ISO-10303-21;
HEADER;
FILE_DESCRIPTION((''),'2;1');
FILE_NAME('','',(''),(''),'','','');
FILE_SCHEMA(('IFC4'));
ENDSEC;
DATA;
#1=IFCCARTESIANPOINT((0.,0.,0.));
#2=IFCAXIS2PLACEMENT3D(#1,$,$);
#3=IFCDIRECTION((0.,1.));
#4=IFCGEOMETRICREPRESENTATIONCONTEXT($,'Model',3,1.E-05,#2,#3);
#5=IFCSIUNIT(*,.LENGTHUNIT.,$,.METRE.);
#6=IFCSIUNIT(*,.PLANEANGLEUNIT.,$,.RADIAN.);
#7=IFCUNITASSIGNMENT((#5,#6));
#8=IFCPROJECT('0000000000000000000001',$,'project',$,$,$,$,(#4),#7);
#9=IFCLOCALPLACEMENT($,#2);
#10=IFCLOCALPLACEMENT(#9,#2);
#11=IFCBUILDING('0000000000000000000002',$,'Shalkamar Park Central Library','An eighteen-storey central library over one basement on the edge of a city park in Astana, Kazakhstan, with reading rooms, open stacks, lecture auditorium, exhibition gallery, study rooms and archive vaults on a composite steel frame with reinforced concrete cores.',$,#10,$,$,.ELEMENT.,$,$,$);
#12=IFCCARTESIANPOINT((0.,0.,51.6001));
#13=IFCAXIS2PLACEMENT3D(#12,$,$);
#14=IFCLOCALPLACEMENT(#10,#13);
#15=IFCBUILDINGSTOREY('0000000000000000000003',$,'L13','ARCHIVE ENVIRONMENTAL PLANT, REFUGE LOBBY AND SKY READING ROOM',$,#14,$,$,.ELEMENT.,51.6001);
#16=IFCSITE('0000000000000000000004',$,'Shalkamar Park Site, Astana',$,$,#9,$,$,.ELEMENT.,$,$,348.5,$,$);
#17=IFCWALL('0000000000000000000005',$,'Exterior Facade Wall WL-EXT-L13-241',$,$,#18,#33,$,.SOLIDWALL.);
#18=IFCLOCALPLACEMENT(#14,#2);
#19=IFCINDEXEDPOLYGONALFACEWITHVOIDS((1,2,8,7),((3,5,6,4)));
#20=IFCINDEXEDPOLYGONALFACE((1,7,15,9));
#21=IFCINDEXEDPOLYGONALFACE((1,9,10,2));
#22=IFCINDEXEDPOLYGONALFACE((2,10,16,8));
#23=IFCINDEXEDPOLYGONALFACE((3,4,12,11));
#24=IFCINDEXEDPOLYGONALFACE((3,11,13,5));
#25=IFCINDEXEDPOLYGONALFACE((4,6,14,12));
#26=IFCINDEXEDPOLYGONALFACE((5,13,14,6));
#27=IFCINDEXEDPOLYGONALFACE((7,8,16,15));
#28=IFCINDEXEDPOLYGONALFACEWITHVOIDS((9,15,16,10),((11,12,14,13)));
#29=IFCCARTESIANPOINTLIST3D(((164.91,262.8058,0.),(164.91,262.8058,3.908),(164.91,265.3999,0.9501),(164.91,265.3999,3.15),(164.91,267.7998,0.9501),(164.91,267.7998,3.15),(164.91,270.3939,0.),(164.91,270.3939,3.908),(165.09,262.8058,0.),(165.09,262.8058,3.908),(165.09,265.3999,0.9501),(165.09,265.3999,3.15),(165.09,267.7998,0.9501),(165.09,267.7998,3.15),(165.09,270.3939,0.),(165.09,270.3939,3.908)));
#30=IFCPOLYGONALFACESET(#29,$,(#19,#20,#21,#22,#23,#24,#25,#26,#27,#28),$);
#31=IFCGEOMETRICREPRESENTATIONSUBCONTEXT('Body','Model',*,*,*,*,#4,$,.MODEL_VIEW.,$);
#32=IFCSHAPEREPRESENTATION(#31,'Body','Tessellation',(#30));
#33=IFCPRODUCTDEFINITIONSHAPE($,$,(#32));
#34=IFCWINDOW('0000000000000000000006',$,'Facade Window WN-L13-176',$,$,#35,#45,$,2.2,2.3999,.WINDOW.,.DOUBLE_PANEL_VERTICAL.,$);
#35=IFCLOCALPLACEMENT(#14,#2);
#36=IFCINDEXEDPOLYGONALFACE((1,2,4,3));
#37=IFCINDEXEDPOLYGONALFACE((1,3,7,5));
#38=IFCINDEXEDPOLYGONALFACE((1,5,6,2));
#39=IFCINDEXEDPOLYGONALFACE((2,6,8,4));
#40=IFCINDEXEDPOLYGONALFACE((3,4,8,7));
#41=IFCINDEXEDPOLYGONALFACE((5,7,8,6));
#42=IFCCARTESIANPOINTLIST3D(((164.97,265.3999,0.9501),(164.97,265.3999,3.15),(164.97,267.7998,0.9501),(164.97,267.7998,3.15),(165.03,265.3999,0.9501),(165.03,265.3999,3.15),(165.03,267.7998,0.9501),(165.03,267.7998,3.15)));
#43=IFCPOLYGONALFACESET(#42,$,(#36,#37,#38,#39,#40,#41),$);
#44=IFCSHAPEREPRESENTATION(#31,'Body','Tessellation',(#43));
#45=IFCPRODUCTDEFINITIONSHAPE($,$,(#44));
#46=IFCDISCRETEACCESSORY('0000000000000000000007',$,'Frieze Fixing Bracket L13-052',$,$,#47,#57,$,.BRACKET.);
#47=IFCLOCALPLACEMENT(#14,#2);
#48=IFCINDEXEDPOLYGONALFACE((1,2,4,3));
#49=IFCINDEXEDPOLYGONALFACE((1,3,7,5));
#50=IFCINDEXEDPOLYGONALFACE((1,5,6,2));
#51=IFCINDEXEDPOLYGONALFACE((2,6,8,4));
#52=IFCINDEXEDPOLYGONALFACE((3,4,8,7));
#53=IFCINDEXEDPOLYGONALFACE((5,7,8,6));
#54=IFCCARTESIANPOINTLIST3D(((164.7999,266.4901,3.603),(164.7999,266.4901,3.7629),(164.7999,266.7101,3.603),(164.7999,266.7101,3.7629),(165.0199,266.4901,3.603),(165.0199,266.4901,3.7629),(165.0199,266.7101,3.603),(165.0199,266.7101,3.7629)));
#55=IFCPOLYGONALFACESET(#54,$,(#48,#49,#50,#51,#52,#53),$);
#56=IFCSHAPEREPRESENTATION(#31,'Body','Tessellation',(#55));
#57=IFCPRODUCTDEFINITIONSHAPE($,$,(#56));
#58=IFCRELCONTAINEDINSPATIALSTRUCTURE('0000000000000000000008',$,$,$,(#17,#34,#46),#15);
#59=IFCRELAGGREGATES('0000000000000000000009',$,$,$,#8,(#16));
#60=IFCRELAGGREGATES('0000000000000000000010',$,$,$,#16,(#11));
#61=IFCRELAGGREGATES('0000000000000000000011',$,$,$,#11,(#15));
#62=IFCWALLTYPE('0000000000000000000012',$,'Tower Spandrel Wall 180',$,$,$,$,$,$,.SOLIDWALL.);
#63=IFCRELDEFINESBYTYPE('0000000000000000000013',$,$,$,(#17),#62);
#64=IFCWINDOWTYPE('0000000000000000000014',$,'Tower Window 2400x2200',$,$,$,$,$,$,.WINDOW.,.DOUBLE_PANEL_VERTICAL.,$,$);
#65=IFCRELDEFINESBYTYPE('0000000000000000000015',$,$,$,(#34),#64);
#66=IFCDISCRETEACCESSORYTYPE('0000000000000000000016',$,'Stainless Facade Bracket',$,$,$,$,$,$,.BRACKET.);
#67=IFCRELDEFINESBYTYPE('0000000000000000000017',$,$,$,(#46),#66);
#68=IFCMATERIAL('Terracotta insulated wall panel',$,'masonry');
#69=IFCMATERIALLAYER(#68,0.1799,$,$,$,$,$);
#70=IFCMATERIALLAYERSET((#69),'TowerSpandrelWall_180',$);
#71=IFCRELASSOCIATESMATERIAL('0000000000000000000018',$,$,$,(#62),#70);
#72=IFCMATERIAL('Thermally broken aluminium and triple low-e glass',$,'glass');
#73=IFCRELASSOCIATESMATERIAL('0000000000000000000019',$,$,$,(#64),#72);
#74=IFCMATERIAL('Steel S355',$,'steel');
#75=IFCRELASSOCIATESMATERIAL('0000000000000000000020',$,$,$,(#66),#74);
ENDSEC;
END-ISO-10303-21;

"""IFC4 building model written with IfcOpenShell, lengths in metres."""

from ifc_helpers import new_model, si_unit, direction, frame, frame_2d, origin, origin_2d, place, context, subcontext, project, spatial, rectangle, extrude, material, layer, layer_set, type_object, element, fill, save


model = new_model("IFC4")

# Units and contexts
model_context = context("Model", 3, precision=1e-05, world=origin(), true_north=direction((0.0, 1.0)))
body_context = subcontext(model_context, "Body", "Model", "MODEL_VIEW")
ifc_project = project(units=[si_unit("LENGTHUNIT", "METRE"), si_unit("PLANEANGLEUNIT", "RADIAN")], contexts=[model_context])

# Site, building, storey
site_placement = place(None, origin())
site = spatial("IfcSite", under=ifc_project, at=site_placement, Name="Shalkamar Park Site, Astana", CompositionType="ELEMENT", RefElevation=348.5)
building_placement = place(site_placement, origin())
building = spatial("IfcBuilding", under=site, at=building_placement, Name="Shalkamar Park Central Library", Description="An eighteen-storey central library over one basement on the edge of a city park in Astana, Kazakhstan, with reading rooms, open stacks, lecture auditorium, exhibition gallery, study rooms and archive vaults on a composite steel frame with reinforced concrete cores.", CompositionType="ELEMENT")
storey_placement = place(building_placement, frame((0.0, 0.0, 51.6001)))
storey = spatial("IfcBuildingStorey", under=building, at=storey_placement, Name="L13", Description="ARCHIVE ENVIRONMENTAL PLANT, REFUGE LOBBY AND SKY READING ROOM", CompositionType="ELEMENT", Elevation=51.6001)

# Shared definitions
ifc_material_1 = material(Name="Steel S355", Category="steel")

# Shared definitions
ifc_material_2 = material(Name="Terracotta insulated wall panel", Category="masonry")
ifc_layer_1 = layer(ifc_material_2, 0.1799)
ifc_layer_set_1 = layer_set([ifc_layer_1], Name="TowerSpandrelWall_180")
wall_type_1 = type_object("IfcWallType", Name="Tower Spandrel Wall 180", PredefinedType="SOLIDWALL", material=ifc_layer_set_1)

# Wall, opening, window
wall_1_placement = place(storey_placement, frame((165.0, 262.8059, 0.0), z_axis=(0.0, 0.0, 1.0), x_axis=(0.0, 1.0, 0.0)))
wall_1 = element("IfcWall", 1, at=wall_1_placement, inside=storey, type_object=wall_type_1, Name="Exterior Facade Wall WL-EXT-L13-241", PredefinedType="SOLIDWALL", context=body_context, shape_type="SweptSolid", body=[
    extrude(rectangle(XDim=7.5881, YDim=0.1799, at=frame_2d((3.7939, 0.0))), origin(), (0.0, 0.0, 1.0), 3.908),
])
opening_1_placement = place(wall_1_placement, frame((2.594, 0.0, 0.95)))
opening_1 = element("IfcOpeningElement", 2, at=opening_1_placement, cuts=wall_1, PredefinedType="OPENING", context=body_context, shape_type="SweptSolid", body=[
    extrude(rectangle(XDim=2.3999, YDim=2.2, at=frame_2d((1.2, 1.1001))), frame((0.0, 0.105, 0.0), z_axis=(0.0, -1.0, 0.0), x_axis=(1.0, 0.0, 0.0)), (0.0, 0.0, 1.0), 0.2097),
])
ifc_material_3 = material(Name="Thermally broken aluminium and triple low-e glass", Category="glass")
window_type = type_object("IfcWindowType", Name="Tower Window 2400x2200", PartitioningType="DOUBLE_PANEL_VERTICAL", PredefinedType="WINDOW", material=ifc_material_3)
window_placement = place(opening_1_placement, origin())
window = element("IfcWindow", 3, at=window_placement, inside=storey, type_object=window_type, Name="Facade Window WN-L13-176", OverallHeight=2.2, OverallWidth=2.3999, PartitioningType="DOUBLE_PANEL_VERTICAL", PredefinedType="WINDOW", context=body_context, shape_type="SweptSolid", body=[
    extrude(rectangle(XDim=2.3999, YDim=2.2, at=frame_2d((1.2, 1.1001))), frame((0.0, 0.03, 0.0), z_axis=(0.0, -1.0, 0.0), x_axis=(1.0, 0.0, 0.0)), (0.0, 0.0, 1.0), 0.0601),
])
fill(opening_1, window)

# Discrete accessory
discrete_accessory_type = type_object("IfcDiscreteAccessoryType", Name="Stainless Facade Bracket", PredefinedType="BRACKET", material=ifc_material_1)
discrete_accessory_placement = place(storey_placement, frame((164.9099, 266.6001, 3.603), z_axis=(0.0, 0.0, 1.0), x_axis=(1.0, 0.0, 0.0)))
element("IfcDiscreteAccessory", 4, at=discrete_accessory_placement, inside=storey, type_object=discrete_accessory_type, Name="Frieze Fixing Bracket L13-052", PredefinedType="BRACKET", context=body_context, shape_type="SweptSolid", body=[
    extrude(rectangle(XDim=0.22, YDim=0.22, at=origin_2d()), origin(), (0.0, 0.0, 1.0), 0.1599),
])

save(model, "model.ifc")
